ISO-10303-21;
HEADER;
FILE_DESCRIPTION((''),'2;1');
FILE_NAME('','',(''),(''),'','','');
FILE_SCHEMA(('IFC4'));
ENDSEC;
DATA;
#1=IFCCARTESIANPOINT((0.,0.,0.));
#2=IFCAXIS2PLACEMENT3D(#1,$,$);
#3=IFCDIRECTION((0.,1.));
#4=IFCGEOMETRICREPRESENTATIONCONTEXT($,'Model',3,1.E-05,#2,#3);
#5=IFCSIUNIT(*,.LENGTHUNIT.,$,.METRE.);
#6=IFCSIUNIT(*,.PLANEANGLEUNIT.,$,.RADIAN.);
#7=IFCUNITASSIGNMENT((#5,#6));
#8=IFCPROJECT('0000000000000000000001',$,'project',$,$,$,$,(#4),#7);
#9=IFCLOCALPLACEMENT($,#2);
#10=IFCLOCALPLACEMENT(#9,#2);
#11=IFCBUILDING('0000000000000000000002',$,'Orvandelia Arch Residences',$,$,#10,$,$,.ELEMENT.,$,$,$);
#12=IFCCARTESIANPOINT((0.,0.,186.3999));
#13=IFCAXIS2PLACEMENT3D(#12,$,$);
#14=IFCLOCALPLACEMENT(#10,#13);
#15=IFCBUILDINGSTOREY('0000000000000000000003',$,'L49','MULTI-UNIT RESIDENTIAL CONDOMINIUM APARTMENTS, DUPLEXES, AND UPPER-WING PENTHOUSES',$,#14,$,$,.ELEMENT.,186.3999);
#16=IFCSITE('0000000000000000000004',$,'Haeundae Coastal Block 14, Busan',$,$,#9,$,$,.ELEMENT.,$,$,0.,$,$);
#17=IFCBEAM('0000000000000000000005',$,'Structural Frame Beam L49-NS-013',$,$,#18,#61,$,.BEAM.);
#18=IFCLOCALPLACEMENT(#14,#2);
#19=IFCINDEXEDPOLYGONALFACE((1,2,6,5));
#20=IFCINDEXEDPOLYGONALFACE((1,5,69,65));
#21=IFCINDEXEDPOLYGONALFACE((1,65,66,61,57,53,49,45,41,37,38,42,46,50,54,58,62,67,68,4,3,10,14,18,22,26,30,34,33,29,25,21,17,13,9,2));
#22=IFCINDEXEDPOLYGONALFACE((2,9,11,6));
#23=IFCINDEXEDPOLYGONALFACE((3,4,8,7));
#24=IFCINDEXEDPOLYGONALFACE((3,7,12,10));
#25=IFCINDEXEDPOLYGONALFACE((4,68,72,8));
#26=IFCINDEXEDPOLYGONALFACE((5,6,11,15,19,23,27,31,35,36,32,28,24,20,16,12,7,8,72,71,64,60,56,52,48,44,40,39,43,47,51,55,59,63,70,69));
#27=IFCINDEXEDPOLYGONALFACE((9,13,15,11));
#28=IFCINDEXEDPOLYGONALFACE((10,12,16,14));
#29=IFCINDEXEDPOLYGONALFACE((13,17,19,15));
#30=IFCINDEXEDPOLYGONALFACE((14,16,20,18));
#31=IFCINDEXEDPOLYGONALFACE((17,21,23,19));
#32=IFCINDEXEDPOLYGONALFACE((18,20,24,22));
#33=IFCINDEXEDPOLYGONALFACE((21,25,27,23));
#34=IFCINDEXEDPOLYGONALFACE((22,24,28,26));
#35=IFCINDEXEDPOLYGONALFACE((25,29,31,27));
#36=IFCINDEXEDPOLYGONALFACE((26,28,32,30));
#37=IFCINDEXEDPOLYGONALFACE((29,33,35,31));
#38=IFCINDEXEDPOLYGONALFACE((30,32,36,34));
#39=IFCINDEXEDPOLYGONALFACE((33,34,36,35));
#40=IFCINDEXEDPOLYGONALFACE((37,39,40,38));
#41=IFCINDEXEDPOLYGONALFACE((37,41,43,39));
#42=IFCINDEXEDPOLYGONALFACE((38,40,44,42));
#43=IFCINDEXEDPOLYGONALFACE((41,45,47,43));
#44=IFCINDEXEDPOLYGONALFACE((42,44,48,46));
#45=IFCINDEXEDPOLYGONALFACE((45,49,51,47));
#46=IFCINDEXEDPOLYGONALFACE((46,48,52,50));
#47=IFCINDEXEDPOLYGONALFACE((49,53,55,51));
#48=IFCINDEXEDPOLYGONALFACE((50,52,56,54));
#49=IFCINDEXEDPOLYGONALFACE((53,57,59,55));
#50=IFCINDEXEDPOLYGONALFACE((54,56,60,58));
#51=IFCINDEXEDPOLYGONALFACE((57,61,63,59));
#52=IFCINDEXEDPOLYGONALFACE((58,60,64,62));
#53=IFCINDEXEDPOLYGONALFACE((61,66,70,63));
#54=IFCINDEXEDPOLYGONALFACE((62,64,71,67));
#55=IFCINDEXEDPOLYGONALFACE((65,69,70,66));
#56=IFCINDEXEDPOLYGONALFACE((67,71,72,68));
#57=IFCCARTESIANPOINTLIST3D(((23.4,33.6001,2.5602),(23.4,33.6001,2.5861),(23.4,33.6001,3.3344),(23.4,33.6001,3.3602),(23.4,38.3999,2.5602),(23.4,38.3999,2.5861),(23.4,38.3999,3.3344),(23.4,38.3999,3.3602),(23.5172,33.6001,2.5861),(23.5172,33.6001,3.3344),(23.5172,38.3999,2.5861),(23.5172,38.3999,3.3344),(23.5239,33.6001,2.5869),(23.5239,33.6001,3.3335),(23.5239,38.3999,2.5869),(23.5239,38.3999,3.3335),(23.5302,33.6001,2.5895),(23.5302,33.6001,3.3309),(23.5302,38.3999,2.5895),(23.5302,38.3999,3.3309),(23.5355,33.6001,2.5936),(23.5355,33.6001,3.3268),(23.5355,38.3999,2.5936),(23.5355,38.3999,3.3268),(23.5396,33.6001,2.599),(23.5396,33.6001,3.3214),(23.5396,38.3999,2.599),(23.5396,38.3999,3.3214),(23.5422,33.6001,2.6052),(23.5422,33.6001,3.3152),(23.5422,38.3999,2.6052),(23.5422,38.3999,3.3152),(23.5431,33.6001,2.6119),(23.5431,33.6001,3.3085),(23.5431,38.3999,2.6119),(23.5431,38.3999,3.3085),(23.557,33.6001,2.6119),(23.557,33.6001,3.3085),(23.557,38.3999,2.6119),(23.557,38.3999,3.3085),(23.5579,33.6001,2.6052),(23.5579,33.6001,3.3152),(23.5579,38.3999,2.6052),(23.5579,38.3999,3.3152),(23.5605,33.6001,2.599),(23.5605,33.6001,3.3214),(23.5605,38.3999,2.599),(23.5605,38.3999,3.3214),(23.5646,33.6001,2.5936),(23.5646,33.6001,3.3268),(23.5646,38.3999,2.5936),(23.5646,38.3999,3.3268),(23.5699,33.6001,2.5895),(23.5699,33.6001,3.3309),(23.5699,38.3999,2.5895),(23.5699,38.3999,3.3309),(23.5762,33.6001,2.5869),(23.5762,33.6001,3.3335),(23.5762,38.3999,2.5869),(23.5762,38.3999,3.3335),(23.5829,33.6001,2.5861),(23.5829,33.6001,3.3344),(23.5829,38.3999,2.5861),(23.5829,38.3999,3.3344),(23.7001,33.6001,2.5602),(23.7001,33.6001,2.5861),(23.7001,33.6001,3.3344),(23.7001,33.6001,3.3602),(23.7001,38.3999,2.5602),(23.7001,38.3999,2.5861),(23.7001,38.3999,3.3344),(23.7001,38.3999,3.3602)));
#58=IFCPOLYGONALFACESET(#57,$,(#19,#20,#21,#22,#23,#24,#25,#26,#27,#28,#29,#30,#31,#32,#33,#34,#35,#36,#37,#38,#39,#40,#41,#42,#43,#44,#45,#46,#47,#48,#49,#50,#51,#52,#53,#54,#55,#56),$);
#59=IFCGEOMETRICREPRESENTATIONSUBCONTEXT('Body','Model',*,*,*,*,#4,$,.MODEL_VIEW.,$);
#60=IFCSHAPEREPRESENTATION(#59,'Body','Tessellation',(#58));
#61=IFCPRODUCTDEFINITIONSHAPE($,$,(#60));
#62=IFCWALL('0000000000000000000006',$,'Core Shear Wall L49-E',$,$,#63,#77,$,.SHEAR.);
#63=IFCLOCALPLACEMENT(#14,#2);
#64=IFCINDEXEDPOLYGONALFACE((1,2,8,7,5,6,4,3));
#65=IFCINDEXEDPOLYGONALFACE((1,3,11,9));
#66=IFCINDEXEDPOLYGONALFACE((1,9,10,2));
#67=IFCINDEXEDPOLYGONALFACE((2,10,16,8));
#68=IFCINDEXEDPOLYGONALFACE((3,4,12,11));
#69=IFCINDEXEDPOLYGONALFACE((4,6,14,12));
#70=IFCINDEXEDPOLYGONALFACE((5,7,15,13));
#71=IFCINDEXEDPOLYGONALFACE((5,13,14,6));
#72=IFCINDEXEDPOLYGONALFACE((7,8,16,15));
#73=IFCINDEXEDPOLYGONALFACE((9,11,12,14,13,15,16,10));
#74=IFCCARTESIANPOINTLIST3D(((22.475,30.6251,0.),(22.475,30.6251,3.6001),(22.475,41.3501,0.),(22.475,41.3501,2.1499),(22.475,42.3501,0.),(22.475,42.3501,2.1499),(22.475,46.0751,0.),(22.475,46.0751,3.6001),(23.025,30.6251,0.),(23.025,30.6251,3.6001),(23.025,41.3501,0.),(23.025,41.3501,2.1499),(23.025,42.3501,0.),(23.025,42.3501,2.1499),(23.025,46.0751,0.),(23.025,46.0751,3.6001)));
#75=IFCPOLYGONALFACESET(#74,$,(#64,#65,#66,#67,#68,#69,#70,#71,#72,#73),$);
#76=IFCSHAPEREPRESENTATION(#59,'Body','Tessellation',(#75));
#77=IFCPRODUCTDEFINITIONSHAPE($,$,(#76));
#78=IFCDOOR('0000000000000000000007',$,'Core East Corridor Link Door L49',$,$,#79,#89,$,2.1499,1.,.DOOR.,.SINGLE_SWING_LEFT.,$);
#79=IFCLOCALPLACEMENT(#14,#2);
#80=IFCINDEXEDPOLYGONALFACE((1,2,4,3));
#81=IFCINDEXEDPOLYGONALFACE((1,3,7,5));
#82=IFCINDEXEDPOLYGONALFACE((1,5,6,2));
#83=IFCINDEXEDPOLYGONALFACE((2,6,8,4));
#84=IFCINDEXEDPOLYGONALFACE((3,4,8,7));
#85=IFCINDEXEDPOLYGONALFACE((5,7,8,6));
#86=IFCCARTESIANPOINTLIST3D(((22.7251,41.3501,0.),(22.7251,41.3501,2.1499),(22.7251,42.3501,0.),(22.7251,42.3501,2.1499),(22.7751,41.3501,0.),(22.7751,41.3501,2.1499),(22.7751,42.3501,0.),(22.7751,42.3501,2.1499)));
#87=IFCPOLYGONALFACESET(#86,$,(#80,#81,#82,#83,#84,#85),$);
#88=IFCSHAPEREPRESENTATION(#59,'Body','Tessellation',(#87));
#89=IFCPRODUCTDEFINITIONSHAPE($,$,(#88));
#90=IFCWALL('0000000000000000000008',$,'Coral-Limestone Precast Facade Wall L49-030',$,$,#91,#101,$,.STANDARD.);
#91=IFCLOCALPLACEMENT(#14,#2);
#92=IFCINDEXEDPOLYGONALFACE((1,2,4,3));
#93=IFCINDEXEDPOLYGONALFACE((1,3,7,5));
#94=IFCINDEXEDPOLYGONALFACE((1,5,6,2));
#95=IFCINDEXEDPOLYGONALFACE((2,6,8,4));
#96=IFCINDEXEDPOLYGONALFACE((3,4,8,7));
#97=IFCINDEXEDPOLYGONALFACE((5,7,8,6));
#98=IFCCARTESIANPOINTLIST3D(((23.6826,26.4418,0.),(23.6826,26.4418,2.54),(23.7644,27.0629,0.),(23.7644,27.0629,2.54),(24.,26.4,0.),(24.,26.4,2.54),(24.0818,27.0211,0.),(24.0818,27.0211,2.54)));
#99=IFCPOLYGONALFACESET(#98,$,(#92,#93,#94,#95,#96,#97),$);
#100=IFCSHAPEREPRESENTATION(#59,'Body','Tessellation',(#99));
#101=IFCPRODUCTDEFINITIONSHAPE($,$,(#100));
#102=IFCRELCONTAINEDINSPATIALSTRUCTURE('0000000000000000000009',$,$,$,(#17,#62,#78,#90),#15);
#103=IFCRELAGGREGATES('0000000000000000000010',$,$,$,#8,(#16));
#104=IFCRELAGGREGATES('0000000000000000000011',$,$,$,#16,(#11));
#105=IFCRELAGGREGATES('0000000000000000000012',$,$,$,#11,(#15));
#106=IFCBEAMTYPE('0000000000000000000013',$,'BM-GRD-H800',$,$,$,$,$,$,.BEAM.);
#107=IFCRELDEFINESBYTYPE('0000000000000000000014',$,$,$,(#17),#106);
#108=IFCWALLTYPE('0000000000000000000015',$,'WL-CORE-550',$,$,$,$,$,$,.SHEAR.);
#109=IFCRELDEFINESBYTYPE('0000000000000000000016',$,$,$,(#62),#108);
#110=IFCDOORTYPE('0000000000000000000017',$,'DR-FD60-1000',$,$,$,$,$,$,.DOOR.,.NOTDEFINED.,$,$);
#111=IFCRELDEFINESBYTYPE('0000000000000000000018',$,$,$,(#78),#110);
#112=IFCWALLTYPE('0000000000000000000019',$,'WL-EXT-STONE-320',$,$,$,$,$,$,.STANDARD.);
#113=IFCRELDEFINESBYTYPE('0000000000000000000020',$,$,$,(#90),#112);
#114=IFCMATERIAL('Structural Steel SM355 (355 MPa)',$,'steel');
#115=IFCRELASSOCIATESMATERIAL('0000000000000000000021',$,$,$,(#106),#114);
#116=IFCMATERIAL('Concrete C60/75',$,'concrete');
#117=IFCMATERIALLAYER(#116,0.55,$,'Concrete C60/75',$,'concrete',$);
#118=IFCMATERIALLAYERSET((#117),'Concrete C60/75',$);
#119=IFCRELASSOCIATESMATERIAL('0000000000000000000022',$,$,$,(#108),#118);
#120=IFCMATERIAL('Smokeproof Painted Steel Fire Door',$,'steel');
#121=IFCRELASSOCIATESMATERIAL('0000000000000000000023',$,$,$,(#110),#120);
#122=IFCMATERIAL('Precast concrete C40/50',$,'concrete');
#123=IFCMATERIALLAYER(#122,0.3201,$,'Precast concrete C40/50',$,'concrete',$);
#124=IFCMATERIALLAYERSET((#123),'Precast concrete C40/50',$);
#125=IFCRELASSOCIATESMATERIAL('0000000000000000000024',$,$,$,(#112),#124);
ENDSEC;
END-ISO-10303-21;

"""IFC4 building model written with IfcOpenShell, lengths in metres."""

from ifc_helpers import new_model, si_unit, direction, frame, frame_2d, origin, origin_2d, place, context, subcontext, project, spatial, rectangle, i_section, extrude, material, layer, layer_set, material_profile, profile_set, type_object, element, fill, save


model = new_model("IFC4")

# Units and contexts
model_context = context("Model", 3, precision=1e-05, world=origin(), true_north=direction((0.0, 1.0)))
body_context = subcontext(model_context, "Body", "Model", "MODEL_VIEW")
ifc_project = project(units=[si_unit("LENGTHUNIT", "METRE"), si_unit("PLANEANGLEUNIT", "RADIAN")], contexts=[model_context])

# Site, building, storey
site_placement = place(None, origin())
site = spatial("IfcSite", under=ifc_project, at=site_placement, Name="Haeundae Coastal Block 14, Busan", CompositionType="ELEMENT", RefElevation=0.0)
building_placement = place(site_placement, origin())
building = spatial("IfcBuilding", under=site, at=building_placement, Name="Orvandelia Arch Residences", CompositionType="ELEMENT")
storey_placement = place(building_placement, frame((0.0, 0.0, 186.3999)))
storey = spatial("IfcBuildingStorey", under=building, at=storey_placement, Name="L49", Description="MULTI-UNIT RESIDENTIAL CONDOMINIUM APARTMENTS, DUPLEXES, AND UPPER-WING PENTHOUSES", CompositionType="ELEMENT", Elevation=186.3999)

# Shared definitions
ifc_material_1 = material(Name="Concrete C60/75", Category="concrete")

# Beam
ifc_material_2 = material(Name="Structural Steel SM355 (355 MPa)", Category="steel")
ifc_material_profile_1 = material_profile(ifc_material_2, i_section(OverallWidth=0.3, OverallDepth=0.8, WebThickness=0.0139, FlangeThickness=0.0259, FilletRadius=0.0259, at=origin_2d()), Name="Structural Steel SM355 (355 MPa)", Category="steel")
ifc_profile_set_1 = profile_set([ifc_material_profile_1], Name="Structural Steel SM355 (355 MPa)")
beam_type = type_object("IfcBeamType", Name="BM-GRD-H800", PredefinedType="BEAM", material=ifc_profile_set_1)
beam_1_placement = place(storey_placement, frame((23.55, 33.6001, 2.9602), z_axis=(0.0, 1.0, 0.0), x_axis=(-1.0, 0.0, 0.0)))
element("IfcBeam", 1, at=beam_1_placement, inside=storey, type_object=beam_type, Name="Structural Frame Beam L49-NS-013", PredefinedType="BEAM", context=body_context, shape_type="SweptSolid", body=[
    extrude(i_section(OverallWidth=0.3, OverallDepth=0.8, WebThickness=0.0139, FlangeThickness=0.0259, FilletRadius=0.0259, at=origin_2d()), origin(), (0.0, 0.0, 1.0), 4.7998),
])

# Wall, opening, door
ifc_layer_1 = layer(ifc_material_1, 0.55, Name="Concrete C60/75", Category="concrete")
ifc_layer_set_1 = layer_set([ifc_layer_1], Name="Concrete C60/75")
wall_type_1 = type_object("IfcWallType", Name="WL-CORE-550", PredefinedType="SHEAR", material=ifc_layer_set_1)
wall_1_placement = place(storey_placement, frame((22.75, 30.625, 0.0), z_axis=(0.0, 0.0, 1.0), x_axis=(0.0, 1.0, 0.0)))
wall_1 = element("IfcWall", 2, at=wall_1_placement, inside=storey, type_object=wall_type_1, Name="Core Shear Wall L49-E", PredefinedType="SHEAR", context=body_context, shape_type="SweptSolid", body=[
    extrude(rectangle(XDim=15.45, YDim=0.55, at=frame_2d((7.7251, 0.0))), origin(), (0.0, 0.0, 1.0), 3.6001),
])
opening_1_placement = place(wall_1_placement, frame((10.7251, 0.0, 0.0)))
opening_1 = element("IfcOpeningElement", 3, at=opening_1_placement, cuts=wall_1, PredefinedType="OPENING", context=body_context, shape_type="SweptSolid", body=[
    extrude(rectangle(XDim=1.0, YDim=2.1499, at=frame_2d((0.5, 1.075))), frame((0.0, 0.2852, 0.0), z_axis=(0.0, -1.0, 0.0), x_axis=(1.0, 0.0, 0.0)), (0.0, 0.0, 1.0), 0.5701),
])
ifc_material_3 = material(Name="Smokeproof Painted Steel Fire Door", Category="steel")
door_type_1 = type_object("IfcDoorType", Name="DR-FD60-1000", OperationType="NOTDEFINED", PredefinedType="DOOR", material=ifc_material_3)
door_1_placement = place(opening_1_placement, origin())
door_1 = element("IfcDoor", 4, at=door_1_placement, inside=storey, type_object=door_type_1, Name="Core East Corridor Link Door L49", OperationType="SINGLE_SWING_LEFT", OverallHeight=2.1499, OverallWidth=1.0, PredefinedType="DOOR", context=body_context, shape_type="SweptSolid", body=[
    extrude(rectangle(XDim=1.0, YDim=2.1499, at=frame_2d((0.5, 1.075))), frame((0.0, 0.0249, 0.0), z_axis=(0.0, -1.0, 0.0), x_axis=(1.0, 0.0, 0.0)), (0.0, 0.0, 1.0), 0.05),
])
fill(opening_1, door_1)

# Wall
ifc_material_4 = material(Name="Precast concrete C40/50", Category="concrete")
ifc_layer_2 = layer(ifc_material_4, 0.3201, Name="Precast concrete C40/50", Category="concrete")
ifc_layer_set_2 = layer_set([ifc_layer_2], Name="Precast concrete C40/50")
wall_type_2 = type_object("IfcWallType", Name="WL-EXT-STONE-320", PredefinedType="STANDARD", material=ifc_layer_set_2)
wall_2_placement = place(storey_placement, frame((23.9231, 27.042, 0.0), z_axis=(0.0, 0.0, 1.0), x_axis=(-0.130555, -0.991441, 0.0)))
element("IfcWall", 5, at=wall_2_placement, inside=storey, type_object=wall_type_2, Name="Coral-Limestone Precast Facade Wall L49-030", PredefinedType="STANDARD", context=body_context, shape_type="SweptSolid", body=[
    extrude(rectangle(XDim=0.6265, YDim=0.3201, at=frame_2d((0.3132, 0.0))), origin(), (0.0, 0.0, 1.0), 2.54),
])

save(model, "model.ifc")
